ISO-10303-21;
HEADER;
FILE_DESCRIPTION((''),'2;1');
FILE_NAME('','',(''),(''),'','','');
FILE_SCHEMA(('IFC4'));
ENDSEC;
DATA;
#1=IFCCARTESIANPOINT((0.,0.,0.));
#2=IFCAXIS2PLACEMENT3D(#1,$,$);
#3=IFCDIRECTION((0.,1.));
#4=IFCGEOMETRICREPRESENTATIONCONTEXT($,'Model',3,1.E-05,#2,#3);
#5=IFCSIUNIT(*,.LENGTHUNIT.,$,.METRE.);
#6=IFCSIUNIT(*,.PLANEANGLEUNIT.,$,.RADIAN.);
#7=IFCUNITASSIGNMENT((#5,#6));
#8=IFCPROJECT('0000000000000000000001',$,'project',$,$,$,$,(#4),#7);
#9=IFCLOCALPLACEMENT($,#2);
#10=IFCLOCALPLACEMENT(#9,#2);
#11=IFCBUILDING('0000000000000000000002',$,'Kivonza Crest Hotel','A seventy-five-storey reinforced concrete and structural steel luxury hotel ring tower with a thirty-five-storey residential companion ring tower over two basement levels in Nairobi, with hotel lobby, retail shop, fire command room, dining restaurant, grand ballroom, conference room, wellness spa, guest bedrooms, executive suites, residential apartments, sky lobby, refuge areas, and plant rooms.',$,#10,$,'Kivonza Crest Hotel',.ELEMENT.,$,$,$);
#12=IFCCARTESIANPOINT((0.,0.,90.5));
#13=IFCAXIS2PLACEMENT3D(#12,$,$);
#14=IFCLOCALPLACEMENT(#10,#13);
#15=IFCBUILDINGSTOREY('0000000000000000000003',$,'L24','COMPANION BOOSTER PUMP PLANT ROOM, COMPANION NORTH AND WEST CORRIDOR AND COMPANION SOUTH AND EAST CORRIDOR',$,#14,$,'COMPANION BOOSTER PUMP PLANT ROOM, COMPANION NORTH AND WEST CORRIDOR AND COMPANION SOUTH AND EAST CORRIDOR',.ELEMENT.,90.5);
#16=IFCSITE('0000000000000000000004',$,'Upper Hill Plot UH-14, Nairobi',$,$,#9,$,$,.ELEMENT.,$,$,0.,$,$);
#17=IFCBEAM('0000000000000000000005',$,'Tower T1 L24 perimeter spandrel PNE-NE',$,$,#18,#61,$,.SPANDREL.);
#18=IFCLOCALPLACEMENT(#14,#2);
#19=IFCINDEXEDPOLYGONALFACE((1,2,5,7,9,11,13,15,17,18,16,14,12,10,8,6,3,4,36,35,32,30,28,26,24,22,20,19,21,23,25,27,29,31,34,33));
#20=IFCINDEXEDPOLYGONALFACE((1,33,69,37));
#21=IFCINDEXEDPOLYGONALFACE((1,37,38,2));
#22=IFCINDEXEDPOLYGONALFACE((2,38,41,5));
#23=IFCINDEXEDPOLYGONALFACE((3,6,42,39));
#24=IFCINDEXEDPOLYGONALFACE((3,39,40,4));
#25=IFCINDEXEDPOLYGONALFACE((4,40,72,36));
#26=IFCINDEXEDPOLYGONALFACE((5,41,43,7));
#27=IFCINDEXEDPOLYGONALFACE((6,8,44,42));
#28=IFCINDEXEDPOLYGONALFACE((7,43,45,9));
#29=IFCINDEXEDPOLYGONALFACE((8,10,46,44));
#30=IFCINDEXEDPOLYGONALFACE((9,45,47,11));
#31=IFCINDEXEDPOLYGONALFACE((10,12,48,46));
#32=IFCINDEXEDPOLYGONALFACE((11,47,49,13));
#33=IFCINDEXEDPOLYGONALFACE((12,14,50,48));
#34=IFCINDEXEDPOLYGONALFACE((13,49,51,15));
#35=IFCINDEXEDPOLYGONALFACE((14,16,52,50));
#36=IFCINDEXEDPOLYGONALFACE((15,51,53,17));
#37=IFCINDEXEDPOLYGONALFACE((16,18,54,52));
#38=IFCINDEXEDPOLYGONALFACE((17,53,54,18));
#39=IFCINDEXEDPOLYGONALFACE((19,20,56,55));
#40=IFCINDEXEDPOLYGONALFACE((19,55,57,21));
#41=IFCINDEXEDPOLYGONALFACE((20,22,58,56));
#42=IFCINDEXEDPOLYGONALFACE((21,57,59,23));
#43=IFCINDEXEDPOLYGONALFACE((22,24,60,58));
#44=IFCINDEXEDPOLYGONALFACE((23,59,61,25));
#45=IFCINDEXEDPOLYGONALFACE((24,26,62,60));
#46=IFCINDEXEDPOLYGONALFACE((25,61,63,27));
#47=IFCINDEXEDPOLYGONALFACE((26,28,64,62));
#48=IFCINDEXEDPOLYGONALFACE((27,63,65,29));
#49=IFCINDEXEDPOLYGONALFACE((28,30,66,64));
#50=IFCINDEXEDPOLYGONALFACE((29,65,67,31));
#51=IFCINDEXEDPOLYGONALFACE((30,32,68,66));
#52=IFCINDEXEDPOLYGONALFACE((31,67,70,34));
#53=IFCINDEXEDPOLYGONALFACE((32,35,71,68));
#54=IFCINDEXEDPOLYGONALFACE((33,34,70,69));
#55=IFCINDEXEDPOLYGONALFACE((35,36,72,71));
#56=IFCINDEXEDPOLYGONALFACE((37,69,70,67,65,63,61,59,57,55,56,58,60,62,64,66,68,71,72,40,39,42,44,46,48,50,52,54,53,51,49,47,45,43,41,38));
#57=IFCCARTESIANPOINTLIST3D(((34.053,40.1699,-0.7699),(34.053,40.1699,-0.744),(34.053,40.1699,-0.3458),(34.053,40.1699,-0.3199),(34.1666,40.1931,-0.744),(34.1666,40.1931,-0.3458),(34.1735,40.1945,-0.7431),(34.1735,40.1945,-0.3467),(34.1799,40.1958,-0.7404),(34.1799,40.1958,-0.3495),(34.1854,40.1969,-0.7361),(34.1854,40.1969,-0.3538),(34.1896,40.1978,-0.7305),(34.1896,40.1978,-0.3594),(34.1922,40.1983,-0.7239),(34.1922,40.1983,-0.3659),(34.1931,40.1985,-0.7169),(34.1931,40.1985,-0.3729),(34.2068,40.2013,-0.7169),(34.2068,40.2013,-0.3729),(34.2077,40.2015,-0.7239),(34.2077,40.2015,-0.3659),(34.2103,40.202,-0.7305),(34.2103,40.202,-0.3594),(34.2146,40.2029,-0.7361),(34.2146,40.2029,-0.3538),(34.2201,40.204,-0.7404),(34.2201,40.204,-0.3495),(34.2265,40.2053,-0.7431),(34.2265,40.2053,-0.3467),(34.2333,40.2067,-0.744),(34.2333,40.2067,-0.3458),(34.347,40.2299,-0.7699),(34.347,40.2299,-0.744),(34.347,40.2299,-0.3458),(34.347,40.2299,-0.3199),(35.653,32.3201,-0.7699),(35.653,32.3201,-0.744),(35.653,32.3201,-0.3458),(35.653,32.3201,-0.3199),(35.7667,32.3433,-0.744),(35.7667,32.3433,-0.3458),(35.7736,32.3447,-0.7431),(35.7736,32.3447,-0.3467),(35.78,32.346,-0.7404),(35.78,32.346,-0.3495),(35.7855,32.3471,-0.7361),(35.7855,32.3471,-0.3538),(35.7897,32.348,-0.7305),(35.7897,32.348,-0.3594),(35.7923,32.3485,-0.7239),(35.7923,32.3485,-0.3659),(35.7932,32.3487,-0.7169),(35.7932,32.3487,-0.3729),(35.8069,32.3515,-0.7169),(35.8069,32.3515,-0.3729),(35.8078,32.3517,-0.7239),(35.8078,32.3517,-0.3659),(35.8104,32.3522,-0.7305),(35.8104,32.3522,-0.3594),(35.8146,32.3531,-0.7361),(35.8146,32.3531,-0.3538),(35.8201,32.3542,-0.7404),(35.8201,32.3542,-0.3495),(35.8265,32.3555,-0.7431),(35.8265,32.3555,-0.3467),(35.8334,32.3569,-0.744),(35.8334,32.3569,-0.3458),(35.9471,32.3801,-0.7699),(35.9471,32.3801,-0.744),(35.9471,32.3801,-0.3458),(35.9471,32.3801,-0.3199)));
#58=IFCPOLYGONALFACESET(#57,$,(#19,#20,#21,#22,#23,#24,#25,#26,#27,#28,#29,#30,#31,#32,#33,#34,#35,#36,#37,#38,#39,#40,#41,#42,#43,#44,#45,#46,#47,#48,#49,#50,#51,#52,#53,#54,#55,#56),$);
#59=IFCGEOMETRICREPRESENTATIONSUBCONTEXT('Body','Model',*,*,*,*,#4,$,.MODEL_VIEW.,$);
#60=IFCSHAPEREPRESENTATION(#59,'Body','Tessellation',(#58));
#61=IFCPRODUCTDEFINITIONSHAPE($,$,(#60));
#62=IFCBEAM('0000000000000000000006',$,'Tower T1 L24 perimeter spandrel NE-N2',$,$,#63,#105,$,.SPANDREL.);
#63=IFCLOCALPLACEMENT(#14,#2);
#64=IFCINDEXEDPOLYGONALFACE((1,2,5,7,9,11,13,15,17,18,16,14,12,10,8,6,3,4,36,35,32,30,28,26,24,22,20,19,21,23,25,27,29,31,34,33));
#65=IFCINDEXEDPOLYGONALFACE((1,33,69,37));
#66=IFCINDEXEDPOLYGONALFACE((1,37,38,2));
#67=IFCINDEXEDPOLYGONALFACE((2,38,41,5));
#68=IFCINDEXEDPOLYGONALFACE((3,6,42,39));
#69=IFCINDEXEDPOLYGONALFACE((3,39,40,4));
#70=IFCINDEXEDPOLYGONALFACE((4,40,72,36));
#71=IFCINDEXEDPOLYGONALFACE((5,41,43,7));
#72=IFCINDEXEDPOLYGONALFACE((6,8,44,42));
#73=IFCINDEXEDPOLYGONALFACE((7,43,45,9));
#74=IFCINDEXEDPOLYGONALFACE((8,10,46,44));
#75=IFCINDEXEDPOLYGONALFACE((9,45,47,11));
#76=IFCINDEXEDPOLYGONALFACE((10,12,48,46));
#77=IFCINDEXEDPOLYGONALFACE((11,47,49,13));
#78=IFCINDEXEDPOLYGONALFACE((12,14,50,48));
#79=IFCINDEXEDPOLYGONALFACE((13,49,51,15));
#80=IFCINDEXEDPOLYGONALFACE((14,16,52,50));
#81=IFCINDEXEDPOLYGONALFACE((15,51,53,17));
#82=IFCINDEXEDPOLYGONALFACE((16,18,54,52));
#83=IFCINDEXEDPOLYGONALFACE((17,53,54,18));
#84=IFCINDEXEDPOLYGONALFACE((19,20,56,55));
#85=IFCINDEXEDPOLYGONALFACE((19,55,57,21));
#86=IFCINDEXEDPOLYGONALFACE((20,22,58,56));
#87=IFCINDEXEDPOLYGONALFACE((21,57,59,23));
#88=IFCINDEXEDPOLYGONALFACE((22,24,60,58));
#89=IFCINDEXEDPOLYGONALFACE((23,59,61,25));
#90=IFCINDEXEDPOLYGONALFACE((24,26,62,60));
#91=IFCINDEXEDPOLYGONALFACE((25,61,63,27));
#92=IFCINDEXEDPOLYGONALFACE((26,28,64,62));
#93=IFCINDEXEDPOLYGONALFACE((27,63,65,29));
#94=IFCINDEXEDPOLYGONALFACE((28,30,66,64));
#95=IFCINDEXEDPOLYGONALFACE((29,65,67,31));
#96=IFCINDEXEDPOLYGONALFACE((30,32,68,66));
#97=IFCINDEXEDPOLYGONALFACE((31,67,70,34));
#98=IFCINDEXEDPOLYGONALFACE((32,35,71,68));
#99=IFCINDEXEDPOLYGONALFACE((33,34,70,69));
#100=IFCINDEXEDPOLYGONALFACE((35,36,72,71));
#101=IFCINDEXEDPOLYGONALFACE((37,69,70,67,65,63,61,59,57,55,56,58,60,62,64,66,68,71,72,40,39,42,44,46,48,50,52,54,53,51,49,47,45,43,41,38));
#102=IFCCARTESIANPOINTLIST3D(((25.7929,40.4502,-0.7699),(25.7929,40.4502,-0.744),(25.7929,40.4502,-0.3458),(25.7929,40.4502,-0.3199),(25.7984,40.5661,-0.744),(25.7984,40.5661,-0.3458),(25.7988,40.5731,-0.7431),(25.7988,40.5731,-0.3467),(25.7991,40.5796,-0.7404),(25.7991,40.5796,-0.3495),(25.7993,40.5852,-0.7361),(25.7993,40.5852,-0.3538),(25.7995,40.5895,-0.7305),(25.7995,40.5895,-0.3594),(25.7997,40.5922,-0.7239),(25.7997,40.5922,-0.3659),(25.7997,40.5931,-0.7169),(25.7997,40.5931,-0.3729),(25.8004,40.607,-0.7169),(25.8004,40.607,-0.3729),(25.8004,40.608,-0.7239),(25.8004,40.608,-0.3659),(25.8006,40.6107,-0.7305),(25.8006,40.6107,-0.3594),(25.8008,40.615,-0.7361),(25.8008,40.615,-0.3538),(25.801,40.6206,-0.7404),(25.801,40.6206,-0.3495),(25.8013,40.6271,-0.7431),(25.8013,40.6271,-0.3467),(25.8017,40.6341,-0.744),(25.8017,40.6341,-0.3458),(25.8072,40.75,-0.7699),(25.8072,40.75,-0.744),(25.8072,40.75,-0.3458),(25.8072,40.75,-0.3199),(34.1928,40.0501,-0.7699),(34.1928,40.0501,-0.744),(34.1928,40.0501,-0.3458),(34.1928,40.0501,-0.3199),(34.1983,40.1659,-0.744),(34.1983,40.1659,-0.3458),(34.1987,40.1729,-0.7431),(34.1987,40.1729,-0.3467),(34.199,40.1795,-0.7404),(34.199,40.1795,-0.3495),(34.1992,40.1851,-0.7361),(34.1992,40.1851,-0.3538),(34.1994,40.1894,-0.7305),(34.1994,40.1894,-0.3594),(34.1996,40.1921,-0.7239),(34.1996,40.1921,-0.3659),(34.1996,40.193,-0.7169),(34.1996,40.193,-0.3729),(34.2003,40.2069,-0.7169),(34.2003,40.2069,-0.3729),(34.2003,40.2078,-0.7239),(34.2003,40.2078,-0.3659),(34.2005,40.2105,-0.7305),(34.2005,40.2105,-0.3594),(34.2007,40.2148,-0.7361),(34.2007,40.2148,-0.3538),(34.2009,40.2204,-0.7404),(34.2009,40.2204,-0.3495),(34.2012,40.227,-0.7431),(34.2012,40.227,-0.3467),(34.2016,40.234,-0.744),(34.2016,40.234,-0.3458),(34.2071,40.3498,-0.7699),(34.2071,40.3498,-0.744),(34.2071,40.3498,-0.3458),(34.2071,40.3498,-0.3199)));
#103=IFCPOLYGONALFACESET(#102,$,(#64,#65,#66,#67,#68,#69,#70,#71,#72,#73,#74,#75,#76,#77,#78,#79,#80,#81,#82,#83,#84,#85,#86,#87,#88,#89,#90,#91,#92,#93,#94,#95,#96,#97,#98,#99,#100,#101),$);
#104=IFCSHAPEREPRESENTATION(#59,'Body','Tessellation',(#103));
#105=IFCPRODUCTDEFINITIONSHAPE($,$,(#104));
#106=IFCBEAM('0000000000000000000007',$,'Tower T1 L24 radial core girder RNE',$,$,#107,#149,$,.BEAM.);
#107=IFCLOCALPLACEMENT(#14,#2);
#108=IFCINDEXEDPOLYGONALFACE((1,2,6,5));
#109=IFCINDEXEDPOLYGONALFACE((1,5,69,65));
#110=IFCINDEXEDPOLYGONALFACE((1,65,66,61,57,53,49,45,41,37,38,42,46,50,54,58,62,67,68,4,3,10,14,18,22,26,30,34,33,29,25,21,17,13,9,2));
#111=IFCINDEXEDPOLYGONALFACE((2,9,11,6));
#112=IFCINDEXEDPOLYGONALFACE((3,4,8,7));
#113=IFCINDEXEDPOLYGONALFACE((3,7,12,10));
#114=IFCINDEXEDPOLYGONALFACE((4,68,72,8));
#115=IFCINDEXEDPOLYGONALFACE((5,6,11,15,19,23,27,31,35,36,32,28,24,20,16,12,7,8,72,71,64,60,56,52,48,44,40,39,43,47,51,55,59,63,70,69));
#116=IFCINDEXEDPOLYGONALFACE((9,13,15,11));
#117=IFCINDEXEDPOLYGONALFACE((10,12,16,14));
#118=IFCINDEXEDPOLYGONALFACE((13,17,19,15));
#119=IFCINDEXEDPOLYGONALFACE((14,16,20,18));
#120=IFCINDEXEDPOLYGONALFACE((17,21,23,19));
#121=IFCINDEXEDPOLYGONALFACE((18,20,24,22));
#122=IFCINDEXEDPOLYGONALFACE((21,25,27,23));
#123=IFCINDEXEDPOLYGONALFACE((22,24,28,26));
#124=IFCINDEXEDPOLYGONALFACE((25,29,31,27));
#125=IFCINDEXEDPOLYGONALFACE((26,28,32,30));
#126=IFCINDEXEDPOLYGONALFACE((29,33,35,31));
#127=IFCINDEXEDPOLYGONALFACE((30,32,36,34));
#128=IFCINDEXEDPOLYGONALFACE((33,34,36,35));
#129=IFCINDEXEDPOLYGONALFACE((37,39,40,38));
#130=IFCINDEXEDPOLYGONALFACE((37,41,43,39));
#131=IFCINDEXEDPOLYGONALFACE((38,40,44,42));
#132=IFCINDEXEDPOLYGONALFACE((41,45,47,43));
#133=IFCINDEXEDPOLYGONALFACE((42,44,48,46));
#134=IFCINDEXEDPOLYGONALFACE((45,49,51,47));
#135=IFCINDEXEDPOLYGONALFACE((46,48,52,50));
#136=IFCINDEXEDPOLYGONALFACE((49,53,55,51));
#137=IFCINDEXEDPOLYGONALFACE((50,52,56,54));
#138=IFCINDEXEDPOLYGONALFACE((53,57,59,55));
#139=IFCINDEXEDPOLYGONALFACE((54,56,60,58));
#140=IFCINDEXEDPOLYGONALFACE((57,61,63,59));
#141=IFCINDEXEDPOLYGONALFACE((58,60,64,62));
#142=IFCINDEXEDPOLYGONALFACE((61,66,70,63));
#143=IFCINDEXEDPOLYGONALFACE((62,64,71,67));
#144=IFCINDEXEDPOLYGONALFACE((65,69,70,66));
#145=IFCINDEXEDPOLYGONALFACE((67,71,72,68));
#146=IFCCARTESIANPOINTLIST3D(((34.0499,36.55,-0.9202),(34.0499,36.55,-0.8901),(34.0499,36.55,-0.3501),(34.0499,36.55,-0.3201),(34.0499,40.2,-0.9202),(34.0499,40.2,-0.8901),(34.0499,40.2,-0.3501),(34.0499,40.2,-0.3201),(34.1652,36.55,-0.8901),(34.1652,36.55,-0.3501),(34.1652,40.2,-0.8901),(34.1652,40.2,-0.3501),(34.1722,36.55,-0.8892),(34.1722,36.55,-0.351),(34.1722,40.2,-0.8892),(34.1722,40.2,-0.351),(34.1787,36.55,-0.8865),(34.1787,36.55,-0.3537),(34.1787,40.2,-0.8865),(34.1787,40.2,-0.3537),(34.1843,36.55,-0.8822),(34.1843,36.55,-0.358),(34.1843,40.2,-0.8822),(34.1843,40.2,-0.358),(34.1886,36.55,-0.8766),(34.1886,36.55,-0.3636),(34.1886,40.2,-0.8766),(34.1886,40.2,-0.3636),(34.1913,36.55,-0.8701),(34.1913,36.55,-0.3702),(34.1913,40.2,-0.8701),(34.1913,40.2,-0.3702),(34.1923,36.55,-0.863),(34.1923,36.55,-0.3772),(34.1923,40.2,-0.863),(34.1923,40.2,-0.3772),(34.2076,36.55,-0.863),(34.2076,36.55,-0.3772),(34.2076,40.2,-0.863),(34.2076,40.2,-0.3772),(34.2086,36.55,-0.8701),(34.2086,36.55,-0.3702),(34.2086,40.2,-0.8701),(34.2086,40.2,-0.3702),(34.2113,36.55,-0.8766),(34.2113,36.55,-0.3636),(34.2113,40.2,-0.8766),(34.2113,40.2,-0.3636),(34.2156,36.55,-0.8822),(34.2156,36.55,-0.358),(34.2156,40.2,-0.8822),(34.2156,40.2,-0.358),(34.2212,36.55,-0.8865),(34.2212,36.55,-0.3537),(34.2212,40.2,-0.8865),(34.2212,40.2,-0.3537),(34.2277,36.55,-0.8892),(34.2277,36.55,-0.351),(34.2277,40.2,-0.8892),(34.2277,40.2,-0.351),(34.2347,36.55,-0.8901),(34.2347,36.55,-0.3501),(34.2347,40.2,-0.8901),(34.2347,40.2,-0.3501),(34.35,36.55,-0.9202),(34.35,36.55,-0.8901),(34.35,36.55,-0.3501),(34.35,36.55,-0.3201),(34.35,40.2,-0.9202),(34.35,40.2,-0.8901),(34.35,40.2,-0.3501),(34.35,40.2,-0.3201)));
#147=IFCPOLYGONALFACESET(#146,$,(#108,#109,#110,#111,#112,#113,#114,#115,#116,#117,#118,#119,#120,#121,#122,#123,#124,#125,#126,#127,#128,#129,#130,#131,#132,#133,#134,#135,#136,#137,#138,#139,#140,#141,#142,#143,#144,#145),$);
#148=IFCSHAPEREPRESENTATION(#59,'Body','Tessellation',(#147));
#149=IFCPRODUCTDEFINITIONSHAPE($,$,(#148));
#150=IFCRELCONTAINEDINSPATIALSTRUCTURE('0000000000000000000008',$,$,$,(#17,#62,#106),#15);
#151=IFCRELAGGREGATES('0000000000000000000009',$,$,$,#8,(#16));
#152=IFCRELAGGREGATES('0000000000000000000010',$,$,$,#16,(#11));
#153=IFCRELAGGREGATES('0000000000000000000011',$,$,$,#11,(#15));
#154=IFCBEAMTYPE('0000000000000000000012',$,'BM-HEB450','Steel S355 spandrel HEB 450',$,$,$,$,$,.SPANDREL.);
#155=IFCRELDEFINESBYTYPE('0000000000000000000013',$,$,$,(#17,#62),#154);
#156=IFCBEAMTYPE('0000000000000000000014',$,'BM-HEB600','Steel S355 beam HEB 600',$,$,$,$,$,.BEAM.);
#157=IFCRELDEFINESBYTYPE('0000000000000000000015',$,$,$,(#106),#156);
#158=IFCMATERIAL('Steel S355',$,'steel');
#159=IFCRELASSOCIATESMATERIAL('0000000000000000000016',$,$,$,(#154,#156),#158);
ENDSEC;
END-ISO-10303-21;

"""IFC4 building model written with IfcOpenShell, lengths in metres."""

from ifc_helpers import new_model, si_unit, direction, frame, origin, origin_2d, place, context, subcontext, project, spatial, i_section, extrude, material, material_profile, profile_set, type_object, element, save


model = new_model("IFC4")

# Units and contexts
model_context = context("Model", 3, precision=1e-05, world=origin(), true_north=direction((0.0, 1.0)))
body_context = subcontext(model_context, "Body", "Model", "MODEL_VIEW")
ifc_project = project(units=[si_unit("LENGTHUNIT", "METRE"), si_unit("PLANEANGLEUNIT", "RADIAN")], contexts=[model_context])

# Site, building, storey
site_placement = place(None, origin())
site = spatial("IfcSite", under=ifc_project, at=site_placement, Name="Upper Hill Plot UH-14, Nairobi", CompositionType="ELEMENT", RefElevation=0.0)
building_placement = place(site_placement, origin())
building = spatial("IfcBuilding", under=site, at=building_placement, Name="Kivonza Crest Hotel", Description="A seventy-five-storey reinforced concrete and structural steel luxury hotel ring tower with a thirty-five-storey residential companion ring tower over two basement levels in Nairobi, with hotel lobby, retail shop, fire command room, dining restaurant, grand ballroom, conference room, wellness spa, guest bedrooms, executive suites, residential apartments, sky lobby, refuge areas, and plant rooms.", LongName="Kivonza Crest Hotel", CompositionType="ELEMENT")
storey_placement = place(building_placement, frame((0.0, 0.0, 90.5)))
storey = spatial("IfcBuildingStorey", under=building, at=storey_placement, Name="L24", Description="COMPANION BOOSTER PUMP PLANT ROOM, COMPANION NORTH AND WEST CORRIDOR AND COMPANION SOUTH AND EAST CORRIDOR", LongName="COMPANION BOOSTER PUMP PLANT ROOM, COMPANION NORTH AND WEST CORRIDOR AND COMPANION SOUTH AND EAST CORRIDOR", CompositionType="ELEMENT", Elevation=90.5)

# Shared definitions
ifc_material_1 = material(Name="Steel S355", Category="steel")

# Beams
ifc_material_profile_1 = material_profile(ifc_material_1, i_section(OverallWidth=0.3, OverallDepth=0.45, WebThickness=0.0139, FlangeThickness=0.0259, FilletRadius=0.0271, at=origin_2d()), Name="HEB 450")
ifc_profile_set_1 = profile_set([ifc_material_profile_1], Name="Steel S355")
beam_type_1 = type_object("IfcBeamType", Name="BM-HEB450", Description="Steel S355 spandrel HEB 450", PredefinedType="SPANDREL", material=ifc_profile_set_1)
beam_1_placement = place(storey_placement, frame((35.8, 32.3501, -0.5449), z_axis=(-0.199731, 0.979851, 0.0), x_axis=(-0.979851, -0.199731, 0.0)))
element("IfcBeam", 1, at=beam_1_placement, inside=storey, type_object=beam_type_1, Name="Tower T1 L24 perimeter spandrel PNE-NE", PredefinedType="SPANDREL", context=body_context, shape_type="SweptSolid", body=[
    extrude(i_section(OverallWidth=0.3, OverallDepth=0.45, WebThickness=0.0139, FlangeThickness=0.0259, FilletRadius=0.0271, at=origin_2d()), origin(), (0.0, 0.0, 1.0), 8.0112),
])
beam_2_placement = place(storey_placement, frame((34.2, 40.2, -0.5449), z_axis=(-0.998867, 0.047583, 0.0), x_axis=(-0.047583, -0.998867, 0.0)))
element("IfcBeam", 2, at=beam_2_placement, inside=storey, type_object=beam_type_1, Name="Tower T1 L24 perimeter spandrel NE-N2", PredefinedType="SPANDREL", context=body_context, shape_type="SweptSolid", body=[
    extrude(i_section(OverallWidth=0.3, OverallDepth=0.45, WebThickness=0.0139, FlangeThickness=0.0259, FilletRadius=0.0271, at=origin_2d()), origin(), (0.0, 0.0, 1.0), 8.4094),
])
ifc_material_profile_2 = material_profile(ifc_material_1, i_section(OverallWidth=0.3, OverallDepth=0.6001, WebThickness=0.0154, FlangeThickness=0.03, FilletRadius=0.0271, at=origin_2d()), Name="HEB 600")
ifc_profile_set_2 = profile_set([ifc_material_profile_2], Name="Steel S355")
beam_type_2 = type_object("IfcBeamType", Name="BM-HEB600", Description="Steel S355 beam HEB 600", PredefinedType="BEAM", material=ifc_profile_set_2)
beam_3_placement = place(storey_placement, frame((34.2, 40.2, -0.6201), z_axis=(0.0, -1.0, 0.0), x_axis=(1.0, 0.0, 0.0)))
element("IfcBeam", 3, at=beam_3_placement, inside=storey, type_object=beam_type_2, Name="Tower T1 L24 radial core girder RNE", PredefinedType="BEAM", context=body_context, shape_type="SweptSolid", body=[
    extrude(i_section(OverallWidth=0.3, OverallDepth=0.6001, WebThickness=0.0154, FlangeThickness=0.03, FilletRadius=0.0271, at=origin_2d()), origin(), (0.0, 0.0, 1.0), 3.6499),
])

save(model, "model.ifc")
